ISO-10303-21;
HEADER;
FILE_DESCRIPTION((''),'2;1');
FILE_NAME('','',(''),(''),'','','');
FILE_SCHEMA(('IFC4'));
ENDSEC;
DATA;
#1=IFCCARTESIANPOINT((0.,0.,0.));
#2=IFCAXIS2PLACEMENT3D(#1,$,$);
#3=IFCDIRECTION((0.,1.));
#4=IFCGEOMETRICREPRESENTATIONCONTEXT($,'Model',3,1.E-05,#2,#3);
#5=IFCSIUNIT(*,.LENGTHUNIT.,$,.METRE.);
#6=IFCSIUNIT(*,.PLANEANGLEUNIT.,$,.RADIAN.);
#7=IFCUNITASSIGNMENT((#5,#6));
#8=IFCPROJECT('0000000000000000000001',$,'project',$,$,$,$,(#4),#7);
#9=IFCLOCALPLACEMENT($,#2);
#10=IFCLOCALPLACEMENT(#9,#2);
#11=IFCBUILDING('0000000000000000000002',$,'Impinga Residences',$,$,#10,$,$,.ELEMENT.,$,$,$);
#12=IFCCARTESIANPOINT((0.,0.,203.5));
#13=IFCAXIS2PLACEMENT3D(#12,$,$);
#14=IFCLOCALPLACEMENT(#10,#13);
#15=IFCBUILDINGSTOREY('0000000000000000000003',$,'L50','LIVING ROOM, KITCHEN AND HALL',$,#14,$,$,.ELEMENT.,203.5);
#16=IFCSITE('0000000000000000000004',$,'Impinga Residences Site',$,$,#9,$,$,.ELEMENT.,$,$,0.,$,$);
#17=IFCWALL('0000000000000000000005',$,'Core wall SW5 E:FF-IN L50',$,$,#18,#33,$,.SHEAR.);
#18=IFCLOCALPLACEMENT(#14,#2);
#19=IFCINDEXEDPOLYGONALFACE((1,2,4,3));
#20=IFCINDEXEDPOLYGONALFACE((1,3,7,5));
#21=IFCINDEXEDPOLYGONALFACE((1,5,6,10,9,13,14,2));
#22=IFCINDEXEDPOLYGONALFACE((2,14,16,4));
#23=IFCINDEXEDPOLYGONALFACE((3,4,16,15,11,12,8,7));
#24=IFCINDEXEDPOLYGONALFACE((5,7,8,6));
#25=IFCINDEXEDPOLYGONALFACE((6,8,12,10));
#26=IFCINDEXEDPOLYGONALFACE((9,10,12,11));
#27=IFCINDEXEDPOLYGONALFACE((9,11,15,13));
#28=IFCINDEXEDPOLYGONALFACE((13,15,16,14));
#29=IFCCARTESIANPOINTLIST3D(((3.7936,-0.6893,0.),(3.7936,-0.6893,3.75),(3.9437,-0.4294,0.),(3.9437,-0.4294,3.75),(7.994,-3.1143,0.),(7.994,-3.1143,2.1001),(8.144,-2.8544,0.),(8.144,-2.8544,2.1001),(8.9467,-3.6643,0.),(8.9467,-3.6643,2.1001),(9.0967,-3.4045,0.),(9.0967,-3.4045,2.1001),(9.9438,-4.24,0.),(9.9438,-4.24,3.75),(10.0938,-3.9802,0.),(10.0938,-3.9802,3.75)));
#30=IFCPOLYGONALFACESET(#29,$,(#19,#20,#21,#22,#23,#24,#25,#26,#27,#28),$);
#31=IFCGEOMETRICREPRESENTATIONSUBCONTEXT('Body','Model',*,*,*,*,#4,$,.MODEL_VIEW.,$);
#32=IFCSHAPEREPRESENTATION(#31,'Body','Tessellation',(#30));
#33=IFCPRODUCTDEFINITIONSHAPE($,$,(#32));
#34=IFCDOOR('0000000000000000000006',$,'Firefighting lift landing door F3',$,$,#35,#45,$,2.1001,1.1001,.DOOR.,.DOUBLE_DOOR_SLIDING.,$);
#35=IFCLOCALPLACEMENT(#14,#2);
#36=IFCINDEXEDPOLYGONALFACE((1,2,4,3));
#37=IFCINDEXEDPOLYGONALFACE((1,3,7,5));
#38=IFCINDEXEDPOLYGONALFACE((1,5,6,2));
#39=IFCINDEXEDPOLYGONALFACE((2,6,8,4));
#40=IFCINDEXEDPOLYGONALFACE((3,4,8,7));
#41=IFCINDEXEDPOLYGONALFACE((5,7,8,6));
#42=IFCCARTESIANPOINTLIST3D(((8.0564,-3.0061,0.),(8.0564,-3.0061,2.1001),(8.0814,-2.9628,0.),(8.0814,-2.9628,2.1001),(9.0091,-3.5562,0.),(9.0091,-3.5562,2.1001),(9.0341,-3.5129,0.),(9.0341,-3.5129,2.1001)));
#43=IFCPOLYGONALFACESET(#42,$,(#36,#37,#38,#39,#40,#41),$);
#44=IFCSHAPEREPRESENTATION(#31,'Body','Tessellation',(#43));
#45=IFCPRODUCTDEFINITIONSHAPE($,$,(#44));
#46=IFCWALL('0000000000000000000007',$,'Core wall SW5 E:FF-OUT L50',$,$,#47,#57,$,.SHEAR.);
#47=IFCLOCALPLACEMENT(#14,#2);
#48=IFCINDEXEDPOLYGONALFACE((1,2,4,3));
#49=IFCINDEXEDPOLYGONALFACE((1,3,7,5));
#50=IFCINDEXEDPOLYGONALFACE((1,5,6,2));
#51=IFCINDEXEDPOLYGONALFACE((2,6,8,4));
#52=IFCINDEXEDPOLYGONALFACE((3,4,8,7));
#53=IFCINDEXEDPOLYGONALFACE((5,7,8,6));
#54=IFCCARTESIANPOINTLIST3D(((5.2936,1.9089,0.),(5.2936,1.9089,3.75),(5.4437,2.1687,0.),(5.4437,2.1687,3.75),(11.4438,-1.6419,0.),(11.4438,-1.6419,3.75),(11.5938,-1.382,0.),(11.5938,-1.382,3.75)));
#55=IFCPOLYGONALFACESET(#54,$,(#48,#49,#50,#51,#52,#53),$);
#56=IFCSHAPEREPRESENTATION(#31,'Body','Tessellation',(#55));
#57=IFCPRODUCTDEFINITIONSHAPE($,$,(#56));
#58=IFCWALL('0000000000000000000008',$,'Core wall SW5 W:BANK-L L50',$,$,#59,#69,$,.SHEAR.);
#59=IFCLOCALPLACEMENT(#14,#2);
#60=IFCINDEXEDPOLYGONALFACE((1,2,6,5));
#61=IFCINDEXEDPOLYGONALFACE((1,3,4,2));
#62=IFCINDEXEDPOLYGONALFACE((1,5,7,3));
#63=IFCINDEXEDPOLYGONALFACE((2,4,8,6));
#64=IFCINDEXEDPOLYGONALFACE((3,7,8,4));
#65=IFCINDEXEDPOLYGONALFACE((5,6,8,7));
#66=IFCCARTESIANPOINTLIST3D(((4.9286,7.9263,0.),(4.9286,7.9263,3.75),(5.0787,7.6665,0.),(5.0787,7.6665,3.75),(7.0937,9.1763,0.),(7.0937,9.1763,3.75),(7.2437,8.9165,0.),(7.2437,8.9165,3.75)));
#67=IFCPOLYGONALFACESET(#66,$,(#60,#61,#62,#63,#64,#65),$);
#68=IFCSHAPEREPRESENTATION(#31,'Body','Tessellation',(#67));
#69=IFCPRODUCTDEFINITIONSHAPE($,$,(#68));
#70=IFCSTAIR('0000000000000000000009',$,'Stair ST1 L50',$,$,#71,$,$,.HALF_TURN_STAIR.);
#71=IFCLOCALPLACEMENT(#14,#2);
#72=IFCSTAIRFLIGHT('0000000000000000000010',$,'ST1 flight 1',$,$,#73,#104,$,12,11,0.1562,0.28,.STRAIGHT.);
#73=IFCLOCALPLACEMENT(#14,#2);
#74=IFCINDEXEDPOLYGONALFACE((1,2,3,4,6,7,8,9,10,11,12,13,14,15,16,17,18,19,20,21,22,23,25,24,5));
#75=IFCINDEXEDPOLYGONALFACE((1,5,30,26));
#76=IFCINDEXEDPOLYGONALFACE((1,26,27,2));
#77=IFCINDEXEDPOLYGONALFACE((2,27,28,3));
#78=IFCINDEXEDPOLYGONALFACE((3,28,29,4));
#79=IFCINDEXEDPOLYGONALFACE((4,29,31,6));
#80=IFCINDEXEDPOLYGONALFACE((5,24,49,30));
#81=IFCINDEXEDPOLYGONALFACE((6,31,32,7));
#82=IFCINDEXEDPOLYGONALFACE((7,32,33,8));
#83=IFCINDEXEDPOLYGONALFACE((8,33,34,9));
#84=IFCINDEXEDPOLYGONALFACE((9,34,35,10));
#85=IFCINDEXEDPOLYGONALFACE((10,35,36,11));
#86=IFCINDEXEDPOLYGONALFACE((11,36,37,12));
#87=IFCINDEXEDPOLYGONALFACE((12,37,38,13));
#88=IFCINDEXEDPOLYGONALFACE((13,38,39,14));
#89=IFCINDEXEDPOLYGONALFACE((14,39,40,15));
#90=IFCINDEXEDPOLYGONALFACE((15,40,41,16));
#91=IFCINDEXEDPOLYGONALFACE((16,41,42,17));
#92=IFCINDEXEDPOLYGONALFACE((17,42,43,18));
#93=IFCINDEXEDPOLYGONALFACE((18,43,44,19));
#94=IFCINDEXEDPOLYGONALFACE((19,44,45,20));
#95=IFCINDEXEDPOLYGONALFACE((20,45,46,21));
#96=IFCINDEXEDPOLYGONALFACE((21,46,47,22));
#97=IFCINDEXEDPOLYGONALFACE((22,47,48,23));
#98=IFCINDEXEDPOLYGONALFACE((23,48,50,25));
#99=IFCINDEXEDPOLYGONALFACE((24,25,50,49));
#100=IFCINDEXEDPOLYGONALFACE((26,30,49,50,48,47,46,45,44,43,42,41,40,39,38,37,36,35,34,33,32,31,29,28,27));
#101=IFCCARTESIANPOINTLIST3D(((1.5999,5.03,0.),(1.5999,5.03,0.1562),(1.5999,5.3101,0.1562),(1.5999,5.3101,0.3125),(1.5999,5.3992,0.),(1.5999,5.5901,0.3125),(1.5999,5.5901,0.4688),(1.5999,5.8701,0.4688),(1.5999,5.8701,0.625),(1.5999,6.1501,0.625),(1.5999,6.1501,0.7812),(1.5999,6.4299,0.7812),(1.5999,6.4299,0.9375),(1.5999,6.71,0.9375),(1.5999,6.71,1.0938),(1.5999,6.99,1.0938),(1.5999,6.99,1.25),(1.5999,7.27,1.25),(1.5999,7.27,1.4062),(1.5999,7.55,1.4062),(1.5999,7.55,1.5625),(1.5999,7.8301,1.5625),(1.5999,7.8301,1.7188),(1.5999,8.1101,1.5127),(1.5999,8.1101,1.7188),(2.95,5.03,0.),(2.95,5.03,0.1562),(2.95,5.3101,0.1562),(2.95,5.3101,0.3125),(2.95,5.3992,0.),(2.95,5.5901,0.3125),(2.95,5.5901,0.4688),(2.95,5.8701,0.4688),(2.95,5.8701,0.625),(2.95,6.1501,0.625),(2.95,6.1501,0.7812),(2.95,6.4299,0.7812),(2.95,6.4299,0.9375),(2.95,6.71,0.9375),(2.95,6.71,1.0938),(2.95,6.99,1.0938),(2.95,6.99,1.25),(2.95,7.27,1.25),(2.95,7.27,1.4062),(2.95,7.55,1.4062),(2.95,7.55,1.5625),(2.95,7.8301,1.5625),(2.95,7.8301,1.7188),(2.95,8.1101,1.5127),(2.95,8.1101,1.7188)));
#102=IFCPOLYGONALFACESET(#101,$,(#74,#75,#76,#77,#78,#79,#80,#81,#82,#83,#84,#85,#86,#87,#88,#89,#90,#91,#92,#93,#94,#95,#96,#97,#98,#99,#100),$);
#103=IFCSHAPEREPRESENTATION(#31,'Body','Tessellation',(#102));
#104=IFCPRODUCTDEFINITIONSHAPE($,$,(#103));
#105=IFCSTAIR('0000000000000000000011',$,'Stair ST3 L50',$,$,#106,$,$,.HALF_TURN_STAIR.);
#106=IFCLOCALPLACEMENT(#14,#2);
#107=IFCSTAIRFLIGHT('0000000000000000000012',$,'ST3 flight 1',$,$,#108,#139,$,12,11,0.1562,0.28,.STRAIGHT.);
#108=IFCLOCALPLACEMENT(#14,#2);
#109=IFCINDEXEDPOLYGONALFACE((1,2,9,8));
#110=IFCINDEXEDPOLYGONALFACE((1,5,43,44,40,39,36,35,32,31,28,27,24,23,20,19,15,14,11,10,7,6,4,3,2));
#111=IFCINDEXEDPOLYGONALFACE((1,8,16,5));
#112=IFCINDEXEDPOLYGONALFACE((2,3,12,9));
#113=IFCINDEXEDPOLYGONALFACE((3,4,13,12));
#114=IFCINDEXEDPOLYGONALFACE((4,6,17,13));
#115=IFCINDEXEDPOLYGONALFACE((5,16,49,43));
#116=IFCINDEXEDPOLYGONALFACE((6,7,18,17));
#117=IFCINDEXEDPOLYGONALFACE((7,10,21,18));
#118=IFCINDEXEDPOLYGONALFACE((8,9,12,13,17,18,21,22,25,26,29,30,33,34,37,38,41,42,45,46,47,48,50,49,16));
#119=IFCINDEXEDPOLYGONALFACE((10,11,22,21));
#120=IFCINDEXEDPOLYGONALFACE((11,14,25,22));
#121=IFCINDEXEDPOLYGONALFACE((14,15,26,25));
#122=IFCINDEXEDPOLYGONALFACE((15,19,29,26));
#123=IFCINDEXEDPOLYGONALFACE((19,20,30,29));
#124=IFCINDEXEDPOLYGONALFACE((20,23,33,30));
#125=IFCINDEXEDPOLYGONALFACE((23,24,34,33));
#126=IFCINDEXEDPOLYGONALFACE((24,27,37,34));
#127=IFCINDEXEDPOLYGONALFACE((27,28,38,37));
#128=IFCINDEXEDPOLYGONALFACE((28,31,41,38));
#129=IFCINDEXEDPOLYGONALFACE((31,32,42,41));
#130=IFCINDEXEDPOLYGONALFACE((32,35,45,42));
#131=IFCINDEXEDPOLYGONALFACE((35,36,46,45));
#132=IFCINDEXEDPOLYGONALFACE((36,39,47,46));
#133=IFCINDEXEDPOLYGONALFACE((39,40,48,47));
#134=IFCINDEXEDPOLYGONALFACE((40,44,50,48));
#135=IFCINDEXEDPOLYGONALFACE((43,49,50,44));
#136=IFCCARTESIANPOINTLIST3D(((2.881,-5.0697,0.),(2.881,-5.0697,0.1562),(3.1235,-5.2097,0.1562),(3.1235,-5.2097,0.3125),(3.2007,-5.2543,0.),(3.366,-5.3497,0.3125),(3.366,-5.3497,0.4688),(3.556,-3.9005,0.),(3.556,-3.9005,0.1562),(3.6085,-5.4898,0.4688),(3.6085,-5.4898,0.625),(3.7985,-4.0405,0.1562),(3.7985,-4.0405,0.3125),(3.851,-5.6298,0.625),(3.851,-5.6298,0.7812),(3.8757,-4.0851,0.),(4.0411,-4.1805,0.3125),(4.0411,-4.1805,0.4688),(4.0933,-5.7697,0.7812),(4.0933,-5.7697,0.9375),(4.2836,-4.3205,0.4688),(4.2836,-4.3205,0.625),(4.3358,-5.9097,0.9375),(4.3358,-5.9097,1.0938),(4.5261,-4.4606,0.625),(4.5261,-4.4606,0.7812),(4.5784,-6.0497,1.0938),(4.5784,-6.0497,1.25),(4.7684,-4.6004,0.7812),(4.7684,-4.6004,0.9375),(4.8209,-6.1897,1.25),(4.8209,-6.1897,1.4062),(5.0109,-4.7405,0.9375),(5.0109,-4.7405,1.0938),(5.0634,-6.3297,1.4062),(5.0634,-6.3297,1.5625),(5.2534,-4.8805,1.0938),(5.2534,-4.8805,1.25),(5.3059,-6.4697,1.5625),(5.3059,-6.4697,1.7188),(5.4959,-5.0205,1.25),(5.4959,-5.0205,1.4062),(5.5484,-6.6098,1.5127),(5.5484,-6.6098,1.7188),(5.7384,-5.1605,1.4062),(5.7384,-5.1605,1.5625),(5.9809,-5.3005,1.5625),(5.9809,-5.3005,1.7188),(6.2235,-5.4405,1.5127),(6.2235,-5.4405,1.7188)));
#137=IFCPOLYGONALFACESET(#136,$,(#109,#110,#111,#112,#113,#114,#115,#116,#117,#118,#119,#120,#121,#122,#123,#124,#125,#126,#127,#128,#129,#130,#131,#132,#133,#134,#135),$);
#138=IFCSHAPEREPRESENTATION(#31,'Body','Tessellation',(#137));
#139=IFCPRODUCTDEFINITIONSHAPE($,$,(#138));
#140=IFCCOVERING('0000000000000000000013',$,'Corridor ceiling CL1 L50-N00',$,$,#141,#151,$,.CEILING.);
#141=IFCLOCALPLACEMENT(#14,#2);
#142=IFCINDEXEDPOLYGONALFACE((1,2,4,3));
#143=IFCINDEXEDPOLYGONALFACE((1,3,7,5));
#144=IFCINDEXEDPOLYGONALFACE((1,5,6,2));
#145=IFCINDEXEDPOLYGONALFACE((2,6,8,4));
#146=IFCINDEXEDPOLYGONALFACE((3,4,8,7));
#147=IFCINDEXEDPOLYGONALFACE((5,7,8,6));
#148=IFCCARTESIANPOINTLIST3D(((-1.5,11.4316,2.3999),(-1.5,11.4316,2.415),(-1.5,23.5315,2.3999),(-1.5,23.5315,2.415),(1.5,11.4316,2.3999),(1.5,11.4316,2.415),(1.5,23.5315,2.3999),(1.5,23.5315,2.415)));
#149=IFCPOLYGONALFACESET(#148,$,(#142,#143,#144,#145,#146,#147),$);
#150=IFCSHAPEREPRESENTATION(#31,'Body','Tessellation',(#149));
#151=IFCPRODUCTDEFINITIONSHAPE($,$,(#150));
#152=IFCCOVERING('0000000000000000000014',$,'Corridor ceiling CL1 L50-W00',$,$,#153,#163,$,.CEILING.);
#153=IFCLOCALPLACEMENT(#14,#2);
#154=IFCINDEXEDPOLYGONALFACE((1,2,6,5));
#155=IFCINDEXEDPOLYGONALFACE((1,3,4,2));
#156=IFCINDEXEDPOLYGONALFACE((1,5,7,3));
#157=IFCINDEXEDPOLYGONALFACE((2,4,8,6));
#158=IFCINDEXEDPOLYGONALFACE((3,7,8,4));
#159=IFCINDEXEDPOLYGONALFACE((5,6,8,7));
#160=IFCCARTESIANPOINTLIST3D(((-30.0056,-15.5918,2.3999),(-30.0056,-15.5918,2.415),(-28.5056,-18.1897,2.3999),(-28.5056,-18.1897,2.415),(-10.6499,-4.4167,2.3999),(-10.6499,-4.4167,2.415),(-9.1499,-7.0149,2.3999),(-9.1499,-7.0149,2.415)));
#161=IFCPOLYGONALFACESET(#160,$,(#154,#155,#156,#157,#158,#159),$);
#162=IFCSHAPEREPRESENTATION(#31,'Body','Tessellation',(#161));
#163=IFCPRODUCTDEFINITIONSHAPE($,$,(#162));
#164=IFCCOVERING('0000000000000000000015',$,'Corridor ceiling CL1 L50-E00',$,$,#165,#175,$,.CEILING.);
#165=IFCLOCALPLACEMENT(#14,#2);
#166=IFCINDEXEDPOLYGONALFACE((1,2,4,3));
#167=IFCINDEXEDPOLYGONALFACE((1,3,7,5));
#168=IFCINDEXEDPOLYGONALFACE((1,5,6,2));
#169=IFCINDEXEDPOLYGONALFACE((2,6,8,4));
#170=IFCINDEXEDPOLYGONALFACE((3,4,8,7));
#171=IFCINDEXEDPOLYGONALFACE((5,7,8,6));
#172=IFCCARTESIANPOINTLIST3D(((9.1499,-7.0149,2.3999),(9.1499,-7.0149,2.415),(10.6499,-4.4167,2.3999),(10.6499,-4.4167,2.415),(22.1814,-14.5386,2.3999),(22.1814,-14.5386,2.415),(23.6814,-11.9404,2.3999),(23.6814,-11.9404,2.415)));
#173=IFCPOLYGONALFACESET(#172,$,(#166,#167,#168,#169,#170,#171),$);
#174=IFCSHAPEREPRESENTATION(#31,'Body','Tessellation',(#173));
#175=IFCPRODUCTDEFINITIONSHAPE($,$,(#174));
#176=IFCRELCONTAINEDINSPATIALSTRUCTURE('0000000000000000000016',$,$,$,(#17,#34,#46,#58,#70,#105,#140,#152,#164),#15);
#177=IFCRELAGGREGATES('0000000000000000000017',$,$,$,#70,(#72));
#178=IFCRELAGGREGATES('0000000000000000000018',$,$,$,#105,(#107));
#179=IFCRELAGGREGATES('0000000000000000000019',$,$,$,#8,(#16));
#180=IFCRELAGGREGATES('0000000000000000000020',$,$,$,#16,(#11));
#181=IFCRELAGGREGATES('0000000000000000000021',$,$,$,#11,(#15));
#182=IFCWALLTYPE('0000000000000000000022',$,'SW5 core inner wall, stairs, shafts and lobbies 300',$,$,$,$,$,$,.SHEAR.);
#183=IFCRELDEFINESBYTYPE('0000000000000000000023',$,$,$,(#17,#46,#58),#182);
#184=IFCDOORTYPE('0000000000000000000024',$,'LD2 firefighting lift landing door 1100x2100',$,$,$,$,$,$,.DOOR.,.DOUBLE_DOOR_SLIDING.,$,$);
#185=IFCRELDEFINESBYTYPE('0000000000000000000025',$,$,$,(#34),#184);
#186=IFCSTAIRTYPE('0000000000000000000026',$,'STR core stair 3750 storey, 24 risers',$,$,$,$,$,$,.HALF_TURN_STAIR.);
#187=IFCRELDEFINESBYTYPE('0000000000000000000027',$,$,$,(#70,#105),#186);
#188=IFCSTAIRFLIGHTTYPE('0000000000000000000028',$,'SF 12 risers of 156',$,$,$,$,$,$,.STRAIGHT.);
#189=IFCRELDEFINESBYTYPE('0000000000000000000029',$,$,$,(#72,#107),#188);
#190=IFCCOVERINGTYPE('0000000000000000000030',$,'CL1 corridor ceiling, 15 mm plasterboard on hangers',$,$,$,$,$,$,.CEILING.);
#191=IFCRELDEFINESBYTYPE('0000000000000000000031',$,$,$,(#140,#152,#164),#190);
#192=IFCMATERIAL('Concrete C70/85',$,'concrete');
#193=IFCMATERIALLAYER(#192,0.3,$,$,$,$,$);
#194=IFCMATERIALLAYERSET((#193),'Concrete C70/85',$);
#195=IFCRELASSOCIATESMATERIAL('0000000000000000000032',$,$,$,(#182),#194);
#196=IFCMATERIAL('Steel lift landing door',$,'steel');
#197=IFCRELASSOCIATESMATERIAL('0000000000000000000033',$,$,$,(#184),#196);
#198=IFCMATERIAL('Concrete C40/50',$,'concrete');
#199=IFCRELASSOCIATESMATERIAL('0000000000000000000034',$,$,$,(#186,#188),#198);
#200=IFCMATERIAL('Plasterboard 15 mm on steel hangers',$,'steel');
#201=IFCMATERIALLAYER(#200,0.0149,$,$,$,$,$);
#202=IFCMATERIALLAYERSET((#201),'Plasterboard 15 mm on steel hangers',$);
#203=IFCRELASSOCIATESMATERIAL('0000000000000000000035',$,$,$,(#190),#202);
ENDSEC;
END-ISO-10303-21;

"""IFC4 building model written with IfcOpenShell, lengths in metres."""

from ifc_helpers import new_model, si_unit, direction, frame, frame_2d, origin, place, context, subcontext, project, spatial, polyline, rectangle, outline, extrude, material, layer, layer_set, type_object, element, fill, aggregate, save


model = new_model("IFC4")

# Units and contexts
model_context = context("Model", 3, precision=1e-05, world=origin(), true_north=direction((0.0, 1.0)))
body_context = subcontext(model_context, "Body", "Model", "MODEL_VIEW")
ifc_project = project(units=[si_unit("LENGTHUNIT", "METRE"), si_unit("PLANEANGLEUNIT", "RADIAN")], contexts=[model_context])

# Site, building, storey
site_placement = place(None, origin())
site = spatial("IfcSite", under=ifc_project, at=site_placement, Name="Impinga Residences Site", CompositionType="ELEMENT", RefElevation=0.0)
building_placement = place(site_placement, origin())
building = spatial("IfcBuilding", under=site, at=building_placement, Name="Impinga Residences", CompositionType="ELEMENT")
storey_placement = place(building_placement, frame((0.0, 0.0, 203.5)))
storey = spatial("IfcBuildingStorey", under=building, at=storey_placement, Name="L50", Description="LIVING ROOM, KITCHEN AND HALL", CompositionType="ELEMENT", Elevation=203.5)

# Shared definitions
ifc_material_1 = material(Name="Concrete C40/50", Category="concrete")

# Shared definitions
ifc_material_2 = material(Name="Concrete C70/85", Category="concrete")
ifc_layer_1 = layer(ifc_material_2, 0.3)
ifc_layer_set_1 = layer_set([ifc_layer_1], Name="Concrete C70/85")
wall_type = type_object("IfcWallType", Name="SW5 core inner wall, stairs, shafts and lobbies 300", PredefinedType="SHEAR", material=ifc_layer_set_1)

# Wall, opening, door
wall_1_placement = place(storey_placement, frame((3.8687, -0.5593, 0.0), z_axis=(0.0, 0.0, 1.0), x_axis=(0.866026, -0.499999, 0.0)))
wall_1 = element("IfcWall", 1, at=wall_1_placement, inside=storey, type_object=wall_type, Name="Core wall SW5 E:FF-IN L50", PredefinedType="SHEAR", context=body_context, shape_type="SweptSolid", body=[
    extrude(rectangle(XDim=7.1016, YDim=0.3, at=frame_2d((3.5508, 0.0))), origin(), (0.0, 0.0, 1.0), 3.75),
])
opening_1_placement = place(wall_1_placement, frame((4.8501, 0.0, 0.0)))
opening_1 = element("IfcOpeningElement", 2, at=opening_1_placement, cuts=wall_1, PredefinedType="OPENING", context=body_context, shape_type="SweptSolid", body=[
    extrude(rectangle(XDim=1.1001, YDim=2.1001, at=frame_2d((0.55, 1.05))), frame((0.0, 0.1599, 0.0), z_axis=(0.0, -1.0, 0.0), x_axis=(1.0, 0.0, 0.0)), (0.0, 0.0, 1.0), 0.3201),
])
ifc_material_3 = material(Name="Steel lift landing door", Category="steel")
door_type_1 = type_object("IfcDoorType", Name="LD2 firefighting lift landing door 1100x2100", OperationType="DOUBLE_DOOR_SLIDING", PredefinedType="DOOR", material=ifc_material_3)
door_1_placement = place(opening_1_placement, origin())
door_1 = element("IfcDoor", 3, at=door_1_placement, inside=storey, type_object=door_type_1, Name="Firefighting lift landing door F3", OperationType="DOUBLE_DOOR_SLIDING", OverallHeight=2.1001, OverallWidth=1.1001, PredefinedType="DOOR", context=body_context, shape_type="SweptSolid", body=[
    extrude(rectangle(XDim=1.1001, YDim=2.1001, at=frame_2d((0.55, 1.05))), frame((0.0, 0.0249, 0.0), z_axis=(0.0, -1.0, 0.0), x_axis=(1.0, 0.0, 0.0)), (0.0, 0.0, 1.0), 0.05),
])
fill(opening_1, door_1)

# Walls
wall_2_placement = place(storey_placement, frame((5.3687, 2.0388, 0.0), z_axis=(0.0, 0.0, 1.0), x_axis=(0.866026, -0.499999, 0.0)))
element("IfcWall", 4, at=wall_2_placement, inside=storey, type_object=wall_type, Name="Core wall SW5 E:FF-OUT L50", PredefinedType="SHEAR", context=body_context, shape_type="SweptSolid", body=[
    extrude(rectangle(XDim=7.1016, YDim=0.3, at=frame_2d((3.5508, 0.0))), origin(), (0.0, 0.0, 1.0), 3.75),
])
wall_3_placement = place(storey_placement, frame((5.0037, 7.7964, 0.0), z_axis=(0.0, 0.0, 1.0), x_axis=(0.866023, 0.500004, 0.0)))
element("IfcWall", 5, at=wall_3_placement, inside=storey, type_object=wall_type, Name="Core wall SW5 W:BANK-L L50", PredefinedType="SHEAR", context=body_context, shape_type="SweptSolid", body=[
    extrude(rectangle(XDim=2.5, YDim=0.3, at=frame_2d((1.25, 0.0))), origin(), (0.0, 0.0, 1.0), 3.75),
])

# Stairs, stair flights
stair_type_1 = type_object("IfcStairType", Name="STR core stair 3750 storey, 24 risers", PredefinedType="HALF_TURN_STAIR", material=ifc_material_1)
stair_1_placement = place(storey_placement, origin())
stair_1 = element("IfcStair", 6, at=stair_1_placement, inside=storey, type_object=stair_type_1, Name="Stair ST1 L50", PredefinedType="HALF_TURN_STAIR")
stair_flight_type = type_object("IfcStairFlightType", Name="SF 12 risers of 156", PredefinedType="STRAIGHT", material=ifc_material_1)
stair_flight_1_placement = place(storey_placement, frame((2.2749, 5.03, 0.0), z_axis=(0.0, 0.0, 1.0), x_axis=(0.0, 1.0, 0.0)))
stair_flight_1 = element("IfcStairFlight", 7, at=stair_flight_1_placement, type_object=stair_flight_type, Name="ST1 flight 1", NumberOfRisers=12, NumberOfTreads=11, PredefinedType="STRAIGHT", RiserHeight=0.1562, TreadLength=0.28, context=body_context, shape_type="SweptSolid", body=[
    extrude(outline(polyline([(0.0, 0.0), (0.0, 0.1562), (0.28, 0.1562), (0.28, 0.3125), (0.5601, 0.3125), (0.5601, 0.4688), (0.8401, 0.4688), (0.8401, 0.625), (1.1201, 0.625), (1.1201, 0.7812), (1.3999, 0.7812), (1.3999, 0.9375), (1.6799, 0.9375), (1.6799, 1.0938), (1.96, 1.0938), (1.96, 1.25), (2.24, 1.25), (2.24, 1.4062), (2.52, 1.4062), (2.52, 1.5625), (2.8, 1.5625), (2.8, 1.7188), (3.0801, 1.7188), (3.0801, 1.875), (3.0801, 1.5127), (0.3691, 0.0), (0.0, 0.0)])), frame((0.0, 0.675, 0.0), z_axis=(0.0, -1.0, 0.0), x_axis=(1.0, 0.0, 0.0)), (0.0, 0.0, 1.0), 1.3501),
])
aggregate(stair_1, [stair_flight_1])
stair_2_placement = place(storey_placement, origin())
stair_2 = element("IfcStair", 8, at=stair_2_placement, inside=storey, type_object=stair_type_1, Name="Stair ST3 L50", PredefinedType="HALF_TURN_STAIR")
stair_flight_2_placement = place(storey_placement, frame((3.2185, -4.4851, 0.0), z_axis=(0.0, 0.0, 1.0), x_axis=(0.866025, -0.5, 0.0)))
stair_flight_2 = element("IfcStairFlight", 9, at=stair_flight_2_placement, type_object=stair_flight_type, Name="ST3 flight 1", NumberOfRisers=12, NumberOfTreads=11, PredefinedType="STRAIGHT", RiserHeight=0.1562, TreadLength=0.28, context=body_context, shape_type="SweptSolid", body=[
    extrude(outline(polyline([(0.0, 0.0), (0.0, 0.1562), (0.28, 0.1562), (0.28, 0.3125), (0.5601, 0.3125), (0.5601, 0.4688), (0.8401, 0.4688), (0.8401, 0.625), (1.1201, 0.625), (1.1201, 0.7812), (1.3999, 0.7812), (1.3999, 0.9375), (1.6799, 0.9375), (1.6799, 1.0938), (1.96, 1.0938), (1.96, 1.25), (2.24, 1.25), (2.24, 1.4062), (2.52, 1.4062), (2.52, 1.5625), (2.8, 1.5625), (2.8, 1.7188), (3.0801, 1.7188), (3.0801, 1.875), (3.0801, 1.5127), (0.3691, 0.0), (0.0, 0.0)])), frame((0.0, 0.675, 0.0), z_axis=(0.0, -1.0, 0.0), x_axis=(1.0, 0.0, 0.0)), (0.0, 0.0, 1.0), 1.3501),
])
aggregate(stair_2, [stair_flight_2])

# Coverings
ifc_material_4 = material(Name="Plasterboard 15 mm on steel hangers", Category="steel")
ifc_layer_2 = layer(ifc_material_4, 0.0149)
ifc_layer_set_2 = layer_set([ifc_layer_2], Name="Plasterboard 15 mm on steel hangers")
covering_type_1 = type_object("IfcCoveringType", Name="CL1 corridor ceiling, 15 mm plasterboard on hangers", PredefinedType="CEILING", material=ifc_layer_set_2)
covering_1_placement = place(storey_placement, frame((0.0, 0.0, 2.3999)))
element("IfcCovering", 10, at=covering_1_placement, inside=storey, type_object=covering_type_1, Name="Corridor ceiling CL1 L50-N00", PredefinedType="CEILING", context=body_context, shape_type="SweptSolid", body=[
    extrude(outline(polyline([(-1.5, 11.4316), (1.5, 11.4316), (1.5, 23.5315), (-1.5, 23.5315), (-1.5, 11.4316)])), origin(), (0.0, 0.0, 1.0), 0.0151),
])
covering_2_placement = place(storey_placement, frame((0.0, 0.0, 2.3999)))
element("IfcCovering", 11, at=covering_2_placement, inside=storey, type_object=covering_type_1, Name="Corridor ceiling CL1 L50-W00", PredefinedType="CEILING", context=body_context, shape_type="SweptSolid", body=[
    extrude(outline(polyline([(-9.1499, -7.0149), (-10.6499, -4.4167), (-30.0056, -15.5918), (-28.5056, -18.1897), (-9.1499, -7.0149)])), origin(), (0.0, 0.0, 1.0), 0.0151),
])
covering_3_placement = place(storey_placement, frame((0.0, 0.0, 2.3999)))
element("IfcCovering", 12, at=covering_3_placement, inside=storey, type_object=covering_type_1, Name="Corridor ceiling CL1 L50-E00", PredefinedType="CEILING", context=body_context, shape_type="SweptSolid", body=[
    extrude(outline(polyline([(9.1499, -7.0149), (10.6499, -4.4167), (23.6814, -11.9404), (22.1814, -14.5386), (9.1499, -7.0149)])), origin(), (0.0, 0.0, 1.0), 0.0151),
])

save(model, "model.ifc")
